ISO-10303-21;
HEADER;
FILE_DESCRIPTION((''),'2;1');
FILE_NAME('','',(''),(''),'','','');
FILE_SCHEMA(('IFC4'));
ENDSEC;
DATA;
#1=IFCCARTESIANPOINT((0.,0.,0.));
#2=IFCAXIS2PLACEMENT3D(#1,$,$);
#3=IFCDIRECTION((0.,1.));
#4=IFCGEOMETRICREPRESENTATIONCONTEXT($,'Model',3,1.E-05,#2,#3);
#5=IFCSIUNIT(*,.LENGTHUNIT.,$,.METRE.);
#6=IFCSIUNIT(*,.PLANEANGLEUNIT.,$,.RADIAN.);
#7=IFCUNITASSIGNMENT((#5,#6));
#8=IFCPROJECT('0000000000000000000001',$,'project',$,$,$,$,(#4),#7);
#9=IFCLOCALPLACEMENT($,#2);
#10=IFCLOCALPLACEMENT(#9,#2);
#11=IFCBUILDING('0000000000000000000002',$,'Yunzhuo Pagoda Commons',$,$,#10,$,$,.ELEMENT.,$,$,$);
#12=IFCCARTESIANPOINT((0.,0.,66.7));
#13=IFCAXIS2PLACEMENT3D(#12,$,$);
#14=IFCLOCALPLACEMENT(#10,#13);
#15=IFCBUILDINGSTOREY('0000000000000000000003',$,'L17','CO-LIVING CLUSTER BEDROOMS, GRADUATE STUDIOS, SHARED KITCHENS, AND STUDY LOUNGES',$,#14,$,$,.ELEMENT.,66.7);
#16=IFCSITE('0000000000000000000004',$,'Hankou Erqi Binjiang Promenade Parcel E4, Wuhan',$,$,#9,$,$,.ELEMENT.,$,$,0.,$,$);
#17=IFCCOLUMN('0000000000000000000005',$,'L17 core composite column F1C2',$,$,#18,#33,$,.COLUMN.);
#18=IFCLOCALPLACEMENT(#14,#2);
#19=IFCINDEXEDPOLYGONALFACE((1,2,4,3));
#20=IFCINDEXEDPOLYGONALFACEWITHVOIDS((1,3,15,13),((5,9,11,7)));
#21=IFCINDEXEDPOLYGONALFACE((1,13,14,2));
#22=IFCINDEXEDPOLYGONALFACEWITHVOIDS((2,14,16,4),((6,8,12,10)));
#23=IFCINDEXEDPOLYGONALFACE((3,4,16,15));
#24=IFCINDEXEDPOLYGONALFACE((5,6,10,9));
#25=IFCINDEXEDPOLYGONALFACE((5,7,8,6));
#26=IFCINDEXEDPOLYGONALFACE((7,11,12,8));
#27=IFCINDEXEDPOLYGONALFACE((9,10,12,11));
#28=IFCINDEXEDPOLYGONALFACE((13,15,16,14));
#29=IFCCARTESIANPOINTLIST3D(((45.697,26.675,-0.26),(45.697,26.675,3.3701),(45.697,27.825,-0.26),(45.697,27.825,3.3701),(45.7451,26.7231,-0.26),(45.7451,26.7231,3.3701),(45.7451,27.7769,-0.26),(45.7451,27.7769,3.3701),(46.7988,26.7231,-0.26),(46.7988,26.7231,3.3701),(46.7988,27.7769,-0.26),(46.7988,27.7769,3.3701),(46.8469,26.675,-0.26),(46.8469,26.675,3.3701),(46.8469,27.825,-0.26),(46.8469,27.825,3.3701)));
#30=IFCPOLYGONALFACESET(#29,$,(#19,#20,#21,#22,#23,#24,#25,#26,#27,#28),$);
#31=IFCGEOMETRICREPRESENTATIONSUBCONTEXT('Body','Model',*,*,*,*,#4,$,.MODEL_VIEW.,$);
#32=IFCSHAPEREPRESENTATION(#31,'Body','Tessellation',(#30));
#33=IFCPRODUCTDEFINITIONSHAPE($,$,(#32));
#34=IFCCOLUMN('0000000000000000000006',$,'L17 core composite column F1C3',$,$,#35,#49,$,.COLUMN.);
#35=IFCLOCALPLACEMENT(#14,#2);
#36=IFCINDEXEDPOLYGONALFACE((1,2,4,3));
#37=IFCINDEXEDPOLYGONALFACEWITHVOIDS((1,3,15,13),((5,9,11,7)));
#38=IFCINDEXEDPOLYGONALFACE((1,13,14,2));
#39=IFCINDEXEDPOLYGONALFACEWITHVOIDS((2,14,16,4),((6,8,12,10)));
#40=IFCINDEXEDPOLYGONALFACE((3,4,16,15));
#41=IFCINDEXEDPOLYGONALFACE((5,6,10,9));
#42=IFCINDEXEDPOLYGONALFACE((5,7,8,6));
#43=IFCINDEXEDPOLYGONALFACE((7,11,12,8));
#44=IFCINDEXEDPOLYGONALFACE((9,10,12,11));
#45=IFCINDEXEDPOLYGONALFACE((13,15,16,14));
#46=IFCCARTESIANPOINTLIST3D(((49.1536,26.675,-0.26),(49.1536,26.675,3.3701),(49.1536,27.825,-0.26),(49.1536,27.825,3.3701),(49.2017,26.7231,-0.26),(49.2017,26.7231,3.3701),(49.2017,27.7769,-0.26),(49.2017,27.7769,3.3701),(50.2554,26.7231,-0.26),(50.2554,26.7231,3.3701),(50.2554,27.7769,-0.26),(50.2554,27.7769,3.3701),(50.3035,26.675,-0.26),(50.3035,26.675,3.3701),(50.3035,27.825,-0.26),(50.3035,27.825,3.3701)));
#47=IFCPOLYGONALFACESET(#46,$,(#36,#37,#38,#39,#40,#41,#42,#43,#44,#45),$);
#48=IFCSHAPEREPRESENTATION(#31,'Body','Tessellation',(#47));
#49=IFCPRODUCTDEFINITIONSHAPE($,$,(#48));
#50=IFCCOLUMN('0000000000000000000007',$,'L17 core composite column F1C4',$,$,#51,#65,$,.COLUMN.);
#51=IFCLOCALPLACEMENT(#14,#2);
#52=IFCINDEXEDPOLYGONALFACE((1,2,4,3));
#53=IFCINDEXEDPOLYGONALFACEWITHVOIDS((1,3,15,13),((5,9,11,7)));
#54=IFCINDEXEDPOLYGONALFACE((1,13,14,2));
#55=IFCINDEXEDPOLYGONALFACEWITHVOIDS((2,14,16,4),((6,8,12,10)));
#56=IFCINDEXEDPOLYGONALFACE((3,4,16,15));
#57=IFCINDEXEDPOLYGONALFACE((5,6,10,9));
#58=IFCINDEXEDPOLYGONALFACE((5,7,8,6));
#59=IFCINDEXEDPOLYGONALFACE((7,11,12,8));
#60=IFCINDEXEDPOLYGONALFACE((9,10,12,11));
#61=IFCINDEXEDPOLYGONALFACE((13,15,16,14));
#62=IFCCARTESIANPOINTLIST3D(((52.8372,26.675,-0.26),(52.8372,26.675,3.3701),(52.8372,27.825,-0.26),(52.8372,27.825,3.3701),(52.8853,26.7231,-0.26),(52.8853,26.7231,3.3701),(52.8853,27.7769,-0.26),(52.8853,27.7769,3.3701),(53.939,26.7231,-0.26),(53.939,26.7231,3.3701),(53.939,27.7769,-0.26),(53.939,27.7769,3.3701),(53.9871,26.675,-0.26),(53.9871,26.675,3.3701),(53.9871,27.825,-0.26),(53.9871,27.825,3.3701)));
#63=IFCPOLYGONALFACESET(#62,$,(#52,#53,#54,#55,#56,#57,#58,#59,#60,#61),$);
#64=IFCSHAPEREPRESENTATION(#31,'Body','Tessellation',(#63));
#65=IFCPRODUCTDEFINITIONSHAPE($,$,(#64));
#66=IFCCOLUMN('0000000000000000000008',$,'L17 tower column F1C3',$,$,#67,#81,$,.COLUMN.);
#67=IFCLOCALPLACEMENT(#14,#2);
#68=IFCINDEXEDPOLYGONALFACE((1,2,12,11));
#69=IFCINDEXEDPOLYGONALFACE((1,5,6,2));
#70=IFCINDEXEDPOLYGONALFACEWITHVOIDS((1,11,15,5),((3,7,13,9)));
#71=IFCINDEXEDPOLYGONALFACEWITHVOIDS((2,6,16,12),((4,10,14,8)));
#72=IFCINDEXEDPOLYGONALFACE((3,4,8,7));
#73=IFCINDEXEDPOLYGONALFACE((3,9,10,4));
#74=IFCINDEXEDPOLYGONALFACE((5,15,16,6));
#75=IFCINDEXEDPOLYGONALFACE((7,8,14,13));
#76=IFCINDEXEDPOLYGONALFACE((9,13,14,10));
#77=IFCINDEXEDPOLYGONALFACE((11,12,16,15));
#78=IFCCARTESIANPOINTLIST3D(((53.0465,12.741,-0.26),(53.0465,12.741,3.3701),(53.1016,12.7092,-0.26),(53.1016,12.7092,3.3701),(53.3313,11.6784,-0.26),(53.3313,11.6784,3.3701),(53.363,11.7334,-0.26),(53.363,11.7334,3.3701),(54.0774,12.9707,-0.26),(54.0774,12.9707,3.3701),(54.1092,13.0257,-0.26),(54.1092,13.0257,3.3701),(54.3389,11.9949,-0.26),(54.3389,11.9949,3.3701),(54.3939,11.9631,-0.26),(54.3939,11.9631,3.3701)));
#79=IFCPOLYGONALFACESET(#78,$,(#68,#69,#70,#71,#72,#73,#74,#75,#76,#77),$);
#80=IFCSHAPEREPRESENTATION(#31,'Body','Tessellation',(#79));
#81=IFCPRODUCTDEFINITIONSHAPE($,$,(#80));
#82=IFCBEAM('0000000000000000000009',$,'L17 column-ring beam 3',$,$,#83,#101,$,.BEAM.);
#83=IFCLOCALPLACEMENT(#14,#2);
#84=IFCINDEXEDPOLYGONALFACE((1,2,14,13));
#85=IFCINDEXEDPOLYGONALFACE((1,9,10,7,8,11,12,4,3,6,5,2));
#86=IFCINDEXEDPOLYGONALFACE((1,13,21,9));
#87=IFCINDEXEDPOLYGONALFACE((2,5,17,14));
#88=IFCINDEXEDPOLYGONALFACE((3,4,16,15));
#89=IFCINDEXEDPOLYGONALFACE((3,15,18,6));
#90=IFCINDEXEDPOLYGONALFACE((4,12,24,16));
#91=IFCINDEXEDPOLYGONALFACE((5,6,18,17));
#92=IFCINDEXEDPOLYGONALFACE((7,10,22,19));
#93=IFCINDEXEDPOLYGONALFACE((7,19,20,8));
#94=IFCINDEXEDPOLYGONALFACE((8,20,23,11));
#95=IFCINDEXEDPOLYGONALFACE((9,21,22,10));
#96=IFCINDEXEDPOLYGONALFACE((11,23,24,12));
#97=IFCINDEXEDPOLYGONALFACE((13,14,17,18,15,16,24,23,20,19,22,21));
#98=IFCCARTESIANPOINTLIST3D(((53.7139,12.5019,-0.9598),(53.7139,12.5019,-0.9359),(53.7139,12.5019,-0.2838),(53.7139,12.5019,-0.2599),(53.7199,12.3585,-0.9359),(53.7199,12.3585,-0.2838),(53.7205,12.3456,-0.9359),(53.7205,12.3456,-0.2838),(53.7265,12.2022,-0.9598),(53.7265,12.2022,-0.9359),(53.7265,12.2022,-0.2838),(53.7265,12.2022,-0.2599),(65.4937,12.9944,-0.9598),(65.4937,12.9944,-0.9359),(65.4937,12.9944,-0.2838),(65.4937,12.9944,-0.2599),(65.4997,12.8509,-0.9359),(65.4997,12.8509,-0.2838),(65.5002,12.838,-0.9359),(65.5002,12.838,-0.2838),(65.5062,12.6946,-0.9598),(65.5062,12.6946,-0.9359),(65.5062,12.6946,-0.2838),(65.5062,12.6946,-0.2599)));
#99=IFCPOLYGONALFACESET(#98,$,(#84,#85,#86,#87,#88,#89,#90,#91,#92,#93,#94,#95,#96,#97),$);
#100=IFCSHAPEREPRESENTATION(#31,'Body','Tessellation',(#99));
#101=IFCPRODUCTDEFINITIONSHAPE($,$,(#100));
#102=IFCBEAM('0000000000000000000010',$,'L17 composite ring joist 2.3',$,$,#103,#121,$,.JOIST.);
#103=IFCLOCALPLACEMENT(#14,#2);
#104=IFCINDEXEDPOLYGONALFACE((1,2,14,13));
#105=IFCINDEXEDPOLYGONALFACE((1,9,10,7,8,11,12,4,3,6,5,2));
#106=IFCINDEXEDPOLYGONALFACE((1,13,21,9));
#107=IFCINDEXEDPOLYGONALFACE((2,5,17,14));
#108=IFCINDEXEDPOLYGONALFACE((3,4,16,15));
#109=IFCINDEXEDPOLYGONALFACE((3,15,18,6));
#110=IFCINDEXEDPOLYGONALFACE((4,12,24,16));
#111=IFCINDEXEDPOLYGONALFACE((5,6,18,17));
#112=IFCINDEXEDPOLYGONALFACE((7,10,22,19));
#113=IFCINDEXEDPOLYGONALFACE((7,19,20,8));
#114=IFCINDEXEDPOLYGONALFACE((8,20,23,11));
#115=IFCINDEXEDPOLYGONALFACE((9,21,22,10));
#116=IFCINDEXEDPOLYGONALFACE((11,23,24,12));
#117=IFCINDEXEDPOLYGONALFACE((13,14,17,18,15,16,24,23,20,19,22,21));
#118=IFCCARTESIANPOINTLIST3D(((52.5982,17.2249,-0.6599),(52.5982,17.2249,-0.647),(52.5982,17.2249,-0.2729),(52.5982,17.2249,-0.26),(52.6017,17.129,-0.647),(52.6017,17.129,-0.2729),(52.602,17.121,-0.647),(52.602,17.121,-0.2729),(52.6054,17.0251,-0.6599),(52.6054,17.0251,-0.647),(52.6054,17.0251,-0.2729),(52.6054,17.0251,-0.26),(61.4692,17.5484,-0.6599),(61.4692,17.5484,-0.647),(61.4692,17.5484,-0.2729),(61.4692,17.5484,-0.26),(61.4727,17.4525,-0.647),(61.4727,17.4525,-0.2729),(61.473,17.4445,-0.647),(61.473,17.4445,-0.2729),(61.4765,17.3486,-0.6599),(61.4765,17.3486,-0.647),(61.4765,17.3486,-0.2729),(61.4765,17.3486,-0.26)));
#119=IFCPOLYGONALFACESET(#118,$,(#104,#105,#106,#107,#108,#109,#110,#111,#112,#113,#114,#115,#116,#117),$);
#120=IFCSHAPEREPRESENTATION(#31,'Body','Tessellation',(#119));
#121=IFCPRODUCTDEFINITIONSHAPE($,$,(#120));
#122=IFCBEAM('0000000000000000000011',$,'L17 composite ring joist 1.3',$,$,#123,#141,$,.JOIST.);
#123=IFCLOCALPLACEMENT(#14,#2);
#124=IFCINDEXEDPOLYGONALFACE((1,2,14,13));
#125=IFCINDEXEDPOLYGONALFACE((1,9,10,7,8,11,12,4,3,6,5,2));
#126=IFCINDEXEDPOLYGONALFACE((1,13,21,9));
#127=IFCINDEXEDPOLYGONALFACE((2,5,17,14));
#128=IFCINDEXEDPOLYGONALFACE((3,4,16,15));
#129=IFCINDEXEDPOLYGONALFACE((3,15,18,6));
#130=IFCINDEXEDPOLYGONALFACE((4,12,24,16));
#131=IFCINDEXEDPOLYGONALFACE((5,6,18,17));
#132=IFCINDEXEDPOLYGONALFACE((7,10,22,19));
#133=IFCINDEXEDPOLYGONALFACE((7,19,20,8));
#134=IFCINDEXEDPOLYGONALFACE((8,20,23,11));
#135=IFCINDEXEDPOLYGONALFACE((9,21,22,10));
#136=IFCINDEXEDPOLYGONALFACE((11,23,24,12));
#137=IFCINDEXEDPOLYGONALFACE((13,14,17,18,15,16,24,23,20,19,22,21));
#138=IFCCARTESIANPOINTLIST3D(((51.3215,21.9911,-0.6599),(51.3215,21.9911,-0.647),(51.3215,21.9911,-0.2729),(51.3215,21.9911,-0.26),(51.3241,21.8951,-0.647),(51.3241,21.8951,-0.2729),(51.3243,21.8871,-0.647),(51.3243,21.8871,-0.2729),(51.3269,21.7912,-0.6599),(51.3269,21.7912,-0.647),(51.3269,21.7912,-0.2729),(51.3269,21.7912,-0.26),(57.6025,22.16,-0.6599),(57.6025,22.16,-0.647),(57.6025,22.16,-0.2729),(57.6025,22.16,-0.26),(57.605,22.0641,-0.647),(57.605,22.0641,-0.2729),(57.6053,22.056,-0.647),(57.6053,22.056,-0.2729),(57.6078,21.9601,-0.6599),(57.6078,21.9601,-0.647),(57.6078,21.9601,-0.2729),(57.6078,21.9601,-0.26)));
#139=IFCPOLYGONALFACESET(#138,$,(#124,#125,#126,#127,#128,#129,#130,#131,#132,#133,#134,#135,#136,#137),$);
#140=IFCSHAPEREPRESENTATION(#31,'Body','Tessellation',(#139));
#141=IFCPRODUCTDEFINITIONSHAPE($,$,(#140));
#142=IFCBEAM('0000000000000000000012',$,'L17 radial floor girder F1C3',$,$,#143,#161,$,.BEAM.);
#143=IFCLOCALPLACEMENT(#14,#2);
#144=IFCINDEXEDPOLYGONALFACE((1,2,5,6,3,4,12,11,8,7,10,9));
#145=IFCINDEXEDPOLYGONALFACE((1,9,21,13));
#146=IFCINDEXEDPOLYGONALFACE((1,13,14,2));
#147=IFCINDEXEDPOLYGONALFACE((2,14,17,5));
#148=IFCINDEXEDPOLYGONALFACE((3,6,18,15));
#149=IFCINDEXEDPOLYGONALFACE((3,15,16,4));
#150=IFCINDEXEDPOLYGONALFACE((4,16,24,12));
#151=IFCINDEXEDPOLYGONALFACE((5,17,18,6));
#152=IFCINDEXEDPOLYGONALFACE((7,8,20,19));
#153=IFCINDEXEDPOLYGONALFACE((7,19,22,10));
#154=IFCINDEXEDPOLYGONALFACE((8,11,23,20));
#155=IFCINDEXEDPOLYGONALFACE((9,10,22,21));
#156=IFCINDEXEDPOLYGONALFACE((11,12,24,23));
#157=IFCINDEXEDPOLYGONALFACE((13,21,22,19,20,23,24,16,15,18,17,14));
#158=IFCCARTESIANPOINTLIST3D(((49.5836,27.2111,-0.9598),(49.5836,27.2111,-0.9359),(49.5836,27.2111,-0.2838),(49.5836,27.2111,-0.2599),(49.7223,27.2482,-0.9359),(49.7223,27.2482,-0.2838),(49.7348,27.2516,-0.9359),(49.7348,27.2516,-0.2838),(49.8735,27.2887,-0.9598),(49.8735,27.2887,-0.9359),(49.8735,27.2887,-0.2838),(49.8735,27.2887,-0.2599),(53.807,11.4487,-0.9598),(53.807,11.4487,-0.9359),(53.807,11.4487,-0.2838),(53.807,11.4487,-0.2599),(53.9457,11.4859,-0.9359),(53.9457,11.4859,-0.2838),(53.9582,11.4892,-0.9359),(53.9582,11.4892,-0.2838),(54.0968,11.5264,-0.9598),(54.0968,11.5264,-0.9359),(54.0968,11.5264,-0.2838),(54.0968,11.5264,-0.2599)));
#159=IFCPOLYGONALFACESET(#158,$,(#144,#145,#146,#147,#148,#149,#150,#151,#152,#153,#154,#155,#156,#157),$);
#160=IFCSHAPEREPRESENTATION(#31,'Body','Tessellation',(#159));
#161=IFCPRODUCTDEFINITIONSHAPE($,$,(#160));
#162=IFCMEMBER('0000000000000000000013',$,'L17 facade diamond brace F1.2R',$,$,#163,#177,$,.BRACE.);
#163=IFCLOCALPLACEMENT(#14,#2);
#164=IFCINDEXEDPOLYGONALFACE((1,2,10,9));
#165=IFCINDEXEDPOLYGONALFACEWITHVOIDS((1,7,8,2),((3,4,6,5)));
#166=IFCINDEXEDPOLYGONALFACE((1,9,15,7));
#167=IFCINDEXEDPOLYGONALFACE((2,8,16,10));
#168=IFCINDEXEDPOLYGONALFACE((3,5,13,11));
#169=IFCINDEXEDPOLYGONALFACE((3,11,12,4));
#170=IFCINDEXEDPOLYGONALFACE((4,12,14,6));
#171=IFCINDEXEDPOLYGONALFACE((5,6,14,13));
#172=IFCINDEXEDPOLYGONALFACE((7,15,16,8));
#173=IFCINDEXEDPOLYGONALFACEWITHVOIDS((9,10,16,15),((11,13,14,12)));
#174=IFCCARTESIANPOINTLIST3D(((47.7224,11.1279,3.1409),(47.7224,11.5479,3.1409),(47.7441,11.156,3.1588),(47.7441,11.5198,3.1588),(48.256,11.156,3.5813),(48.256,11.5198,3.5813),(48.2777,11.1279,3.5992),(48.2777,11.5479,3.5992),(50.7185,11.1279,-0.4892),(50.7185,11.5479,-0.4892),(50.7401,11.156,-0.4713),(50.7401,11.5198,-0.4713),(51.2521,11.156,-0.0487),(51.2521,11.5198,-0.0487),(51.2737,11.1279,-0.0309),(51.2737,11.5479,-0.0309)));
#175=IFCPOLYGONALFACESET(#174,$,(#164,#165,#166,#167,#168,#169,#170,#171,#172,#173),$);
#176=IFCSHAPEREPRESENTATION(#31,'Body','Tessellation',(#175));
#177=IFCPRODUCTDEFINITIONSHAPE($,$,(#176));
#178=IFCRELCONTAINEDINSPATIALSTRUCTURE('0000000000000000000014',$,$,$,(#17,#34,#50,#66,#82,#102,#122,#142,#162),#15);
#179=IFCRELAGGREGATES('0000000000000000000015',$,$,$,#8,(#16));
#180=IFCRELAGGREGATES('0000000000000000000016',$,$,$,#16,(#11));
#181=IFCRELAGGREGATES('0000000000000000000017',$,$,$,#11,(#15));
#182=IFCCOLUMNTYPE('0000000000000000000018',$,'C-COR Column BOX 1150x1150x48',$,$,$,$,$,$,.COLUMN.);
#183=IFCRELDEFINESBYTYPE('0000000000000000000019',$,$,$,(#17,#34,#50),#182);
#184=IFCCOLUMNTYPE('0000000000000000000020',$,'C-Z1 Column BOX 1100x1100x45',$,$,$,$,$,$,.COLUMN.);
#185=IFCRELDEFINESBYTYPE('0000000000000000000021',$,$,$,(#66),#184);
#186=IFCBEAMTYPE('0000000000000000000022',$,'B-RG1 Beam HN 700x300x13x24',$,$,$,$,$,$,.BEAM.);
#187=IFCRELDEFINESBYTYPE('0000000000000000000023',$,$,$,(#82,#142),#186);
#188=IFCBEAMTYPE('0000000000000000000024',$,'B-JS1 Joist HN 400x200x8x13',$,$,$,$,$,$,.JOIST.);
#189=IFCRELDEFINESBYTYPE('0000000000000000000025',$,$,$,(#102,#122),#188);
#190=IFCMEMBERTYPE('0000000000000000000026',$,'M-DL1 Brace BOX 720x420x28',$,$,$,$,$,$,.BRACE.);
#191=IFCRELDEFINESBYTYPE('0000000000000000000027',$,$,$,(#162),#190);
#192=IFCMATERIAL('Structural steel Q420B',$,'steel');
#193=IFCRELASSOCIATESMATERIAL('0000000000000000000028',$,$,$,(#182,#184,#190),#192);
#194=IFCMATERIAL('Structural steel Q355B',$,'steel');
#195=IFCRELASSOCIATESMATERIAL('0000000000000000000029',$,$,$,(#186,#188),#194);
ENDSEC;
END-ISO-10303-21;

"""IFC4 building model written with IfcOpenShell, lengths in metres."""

from ifc_helpers import new_model, si_unit, direction, frame, origin, origin_2d, place, context, subcontext, project, spatial, hollow_rectangle, i_section, extrude, source, transform, mapped, material, material_profile, profile_set, type_object, element, save


model = new_model("IFC4")

# Units and contexts
model_context = context("Model", 3, precision=1e-05, world=origin(), true_north=direction((0.0, 1.0)))
body_context = subcontext(model_context, "Body", "Model", "MODEL_VIEW")
ifc_project = project(units=[si_unit("LENGTHUNIT", "METRE"), si_unit("PLANEANGLEUNIT", "RADIAN")], contexts=[model_context])

# Site, building, storey
site_placement = place(None, origin())
site = spatial("IfcSite", under=ifc_project, at=site_placement, Name="Hankou Erqi Binjiang Promenade Parcel E4, Wuhan", CompositionType="ELEMENT", RefElevation=0.0)
building_placement = place(site_placement, origin())
building = spatial("IfcBuilding", under=site, at=building_placement, Name="Yunzhuo Pagoda Commons", CompositionType="ELEMENT")
storey_placement = place(building_placement, frame((0.0, 0.0, 66.7)))
storey = spatial("IfcBuildingStorey", under=building, at=storey_placement, Name="L17", Description="CO-LIVING CLUSTER BEDROOMS, GRADUATE STUDIOS, SHARED KITCHENS, AND STUDY LOUNGES", CompositionType="ELEMENT", Elevation=66.7)

# Columns
ifc_material_1 = material(Name="Structural steel Q420B", Category="steel")
ifc_material_profile_1 = material_profile(ifc_material_1, hollow_rectangle(XDim=1.1499, YDim=1.1499, WallThickness=0.0481, at=origin_2d()), Name="Structural steel Q420B")
ifc_profile_set_1 = profile_set([ifc_material_profile_1], Name="Structural steel Q420B")
column_type_1 = type_object("IfcColumnType", Name="C-COR Column BOX 1150x1150x48", PredefinedType="COLUMN", material=ifc_profile_set_1)
shared_shape_1 = source(origin(), body_context, "Body", "SweptSolid", [
    extrude(hollow_rectangle(XDim=1.1499, YDim=1.1499, WallThickness=0.0481, at=origin_2d()), origin(), (0.0, 0.0, 1.0), 3.6301),
])
for number, where, z_axis, x_axis, name in (
    (1, (46.272, 27.25, -0.26), (0.0, 0.0, 1.0), (1.0, 0.0, 0.0), "L17 core composite column F1C2"),
    (2, (49.7285, 27.25, -0.26), (0.0, 0.0, 1.0), (1.0, 0.0, 0.0), "L17 core composite column F1C3"),
    (3, (53.4121, 27.25, -0.26), (0.0, 0.0, 1.0), (1.0, 0.0, 0.0), "L17 core composite column F1C4"),
):
    element("IfcColumn", number, at=place(storey_placement, frame(where, z_axis=z_axis, x_axis=x_axis)), inside=storey, type_object=column_type_1, Name=name, PredefinedType="COLUMN", context=body_context, shape_type="MappedRepresentation", body=[
        mapped(shared_shape_1, transform((0.0, 0.0, 0.0), scale=1.0)),
    ])
ifc_material_profile_2 = material_profile(ifc_material_1, hollow_rectangle(XDim=1.1001, YDim=1.1001, WallThickness=0.0449, at=origin_2d()), Name="Structural steel Q420B")
ifc_profile_set_2 = profile_set([ifc_material_profile_2], Name="Structural steel Q420B")
column_type_2 = type_object("IfcColumnType", Name="C-Z1 Column BOX 1100x1100x45", PredefinedType="COLUMN", material=ifc_profile_set_2)
shared_shape_2 = source(origin(), body_context, "Body", "SweptSolid", [
    extrude(hollow_rectangle(XDim=1.1001, YDim=1.1001, WallThickness=0.0449, at=origin_2d()), origin(), (0.0, 0.0, 1.0), 3.6301),
])
column_placement = place(storey_placement, frame((53.7202, 12.3521, -0.26), z_axis=(0.0, 0.0, 1.0), x_axis=(0.965926, 0.258819, 0.0)))
element("IfcColumn", 4, at=column_placement, inside=storey, type_object=column_type_2, Name="L17 tower column F1C3", PredefinedType="COLUMN", context=body_context, shape_type="MappedRepresentation", body=[
    mapped(shared_shape_2, transform((0.0, 0.0, 0.0), scale=1.0)),
])

# Beams
ifc_material_2 = material(Name="Structural steel Q355B", Category="steel")
ifc_material_profile_3 = material_profile(ifc_material_2, i_section(OverallWidth=0.3, OverallDepth=0.7, WebThickness=0.0129, FlangeThickness=0.0239, at=origin_2d()), Name="Structural steel Q355B")
ifc_profile_set_3 = profile_set([ifc_material_profile_3], Name="Structural steel Q355B")
beam_type_1 = type_object("IfcBeamType", Name="B-RG1 Beam HN 700x300x13x24", PredefinedType="BEAM", material=ifc_profile_set_3)
shared_shape_3 = source(origin(), body_context, "Body", "SweptSolid", [
    extrude(i_section(OverallWidth=0.3, OverallDepth=0.7, WebThickness=0.0129, FlangeThickness=0.0239, at=origin_2d()), origin(), (0.0, 0.0, 1.0), 11.79),
])
beam_1_placement = place(storey_placement, frame((53.7202, 12.3521, -0.6099), z_axis=(0.999127, 0.041767, 0.0), x_axis=(-0.041767, 0.999127, 0.0)))
element("IfcBeam", 5, at=beam_1_placement, inside=storey, type_object=beam_type_1, Name="L17 column-ring beam 3", PredefinedType="BEAM", context=body_context, shape_type="MappedRepresentation", body=[
    mapped(shared_shape_3, transform((0.0, 0.0, 0.0), scale=1.0)),
])
ifc_material_profile_4 = material_profile(ifc_material_2, i_section(OverallWidth=0.2, OverallDepth=0.3999, WebThickness=0.0081, FlangeThickness=0.0129, at=origin_2d()), Name="Structural steel Q355B")
ifc_profile_set_4 = profile_set([ifc_material_profile_4], Name="Structural steel Q355B")
beam_type_2 = type_object("IfcBeamType", Name="B-JS1 Joist HN 400x200x8x13", PredefinedType="JOIST", material=ifc_profile_set_4)
shared_shape_4 = source(origin(), body_context, "Body", "SweptSolid", [
    extrude(i_section(OverallWidth=0.2, OverallDepth=0.3999, WebThickness=0.0081, FlangeThickness=0.0129, at=origin_2d()), origin(), (0.0, 0.0, 1.0), 8.877),
])
beam_2_placement = place(storey_placement, frame((52.6018, 17.125, -0.46), z_axis=(0.999336, 0.036441, 0.0), x_axis=(-0.036441, 0.999336, 0.0)))
element("IfcBeam", 6, at=beam_2_placement, inside=storey, type_object=beam_type_2, Name="L17 composite ring joist 2.3", PredefinedType="JOIST", context=body_context, shape_type="MappedRepresentation", body=[
    mapped(shared_shape_4, transform((0.0, 0.0, 0.0), scale=1.0)),
])
shared_shape_5 = source(origin(), body_context, "Body", "SweptSolid", [
    extrude(i_section(OverallWidth=0.2, OverallDepth=0.3999, WebThickness=0.0081, FlangeThickness=0.0129, at=origin_2d()), origin(), (0.0, 0.0, 1.0), 6.2832),
])
beam_3_placement = place(storey_placement, frame((51.3242, 21.8911, -0.46), z_axis=(0.999638, 0.026888, 0.0), x_axis=(-0.026888, 0.999638, 0.0)))
element("IfcBeam", 7, at=beam_3_placement, inside=storey, type_object=beam_type_2, Name="L17 composite ring joist 1.3", PredefinedType="JOIST", context=body_context, shape_type="MappedRepresentation", body=[
    mapped(shared_shape_5, transform((0.0, 0.0, 0.0), scale=1.0)),
])
shared_shape_6 = source(origin(), body_context, "Body", "SweptSolid", [
    extrude(i_section(OverallWidth=0.3, OverallDepth=0.7, WebThickness=0.0129, FlangeThickness=0.0239, at=origin_2d()), origin(), (0.0, 0.0, 1.0), 16.3184),
])
beam_4_placement = place(storey_placement, frame((53.9519, 11.4875, -0.6099), z_axis=(-0.258811, 0.965928, 0.0), x_axis=(-0.965928, -0.258811, 0.0)))
element("IfcBeam", 8, at=beam_4_placement, inside=storey, type_object=beam_type_1, Name="L17 radial floor girder F1C3", PredefinedType="BEAM", context=body_context, shape_type="MappedRepresentation", body=[
    mapped(shared_shape_6, transform((0.0, 0.0, 0.0), scale=1.0)),
])

# Member
ifc_material_profile_5 = material_profile(ifc_material_1, hollow_rectangle(XDim=0.4199, YDim=0.72, WallThickness=0.0281, at=origin_2d()), Name="Structural steel Q420B")
ifc_profile_set_5 = profile_set([ifc_material_profile_5], Name="Structural steel Q420B")
member_type = type_object("IfcMemberType", Name="M-DL1 Brace BOX 720x420x28", PredefinedType="BRACE", material=ifc_profile_set_5)
shared_shape_7 = source(origin(), body_context, "Body", "SweptSolid", [
    extrude(hollow_rectangle(XDim=0.4199, YDim=0.72, WallThickness=0.0281, at=origin_2d()), origin(), (0.0, 0.0, 1.0), 4.7068),
])
member_placement = place(storey_placement, frame((50.9961, 11.3379, -0.26), z_axis=(-0.63654, 0.0, 0.771244), x_axis=(0.0, -1.0, 0.0)))
element("IfcMember", 9, at=member_placement, inside=storey, type_object=member_type, Name="L17 facade diamond brace F1.2R", PredefinedType="BRACE", context=body_context, shape_type="MappedRepresentation", body=[
    mapped(shared_shape_7, transform((0.0, 0.0, 0.0), scale=1.0)),
])

save(model, "model.ifc")
